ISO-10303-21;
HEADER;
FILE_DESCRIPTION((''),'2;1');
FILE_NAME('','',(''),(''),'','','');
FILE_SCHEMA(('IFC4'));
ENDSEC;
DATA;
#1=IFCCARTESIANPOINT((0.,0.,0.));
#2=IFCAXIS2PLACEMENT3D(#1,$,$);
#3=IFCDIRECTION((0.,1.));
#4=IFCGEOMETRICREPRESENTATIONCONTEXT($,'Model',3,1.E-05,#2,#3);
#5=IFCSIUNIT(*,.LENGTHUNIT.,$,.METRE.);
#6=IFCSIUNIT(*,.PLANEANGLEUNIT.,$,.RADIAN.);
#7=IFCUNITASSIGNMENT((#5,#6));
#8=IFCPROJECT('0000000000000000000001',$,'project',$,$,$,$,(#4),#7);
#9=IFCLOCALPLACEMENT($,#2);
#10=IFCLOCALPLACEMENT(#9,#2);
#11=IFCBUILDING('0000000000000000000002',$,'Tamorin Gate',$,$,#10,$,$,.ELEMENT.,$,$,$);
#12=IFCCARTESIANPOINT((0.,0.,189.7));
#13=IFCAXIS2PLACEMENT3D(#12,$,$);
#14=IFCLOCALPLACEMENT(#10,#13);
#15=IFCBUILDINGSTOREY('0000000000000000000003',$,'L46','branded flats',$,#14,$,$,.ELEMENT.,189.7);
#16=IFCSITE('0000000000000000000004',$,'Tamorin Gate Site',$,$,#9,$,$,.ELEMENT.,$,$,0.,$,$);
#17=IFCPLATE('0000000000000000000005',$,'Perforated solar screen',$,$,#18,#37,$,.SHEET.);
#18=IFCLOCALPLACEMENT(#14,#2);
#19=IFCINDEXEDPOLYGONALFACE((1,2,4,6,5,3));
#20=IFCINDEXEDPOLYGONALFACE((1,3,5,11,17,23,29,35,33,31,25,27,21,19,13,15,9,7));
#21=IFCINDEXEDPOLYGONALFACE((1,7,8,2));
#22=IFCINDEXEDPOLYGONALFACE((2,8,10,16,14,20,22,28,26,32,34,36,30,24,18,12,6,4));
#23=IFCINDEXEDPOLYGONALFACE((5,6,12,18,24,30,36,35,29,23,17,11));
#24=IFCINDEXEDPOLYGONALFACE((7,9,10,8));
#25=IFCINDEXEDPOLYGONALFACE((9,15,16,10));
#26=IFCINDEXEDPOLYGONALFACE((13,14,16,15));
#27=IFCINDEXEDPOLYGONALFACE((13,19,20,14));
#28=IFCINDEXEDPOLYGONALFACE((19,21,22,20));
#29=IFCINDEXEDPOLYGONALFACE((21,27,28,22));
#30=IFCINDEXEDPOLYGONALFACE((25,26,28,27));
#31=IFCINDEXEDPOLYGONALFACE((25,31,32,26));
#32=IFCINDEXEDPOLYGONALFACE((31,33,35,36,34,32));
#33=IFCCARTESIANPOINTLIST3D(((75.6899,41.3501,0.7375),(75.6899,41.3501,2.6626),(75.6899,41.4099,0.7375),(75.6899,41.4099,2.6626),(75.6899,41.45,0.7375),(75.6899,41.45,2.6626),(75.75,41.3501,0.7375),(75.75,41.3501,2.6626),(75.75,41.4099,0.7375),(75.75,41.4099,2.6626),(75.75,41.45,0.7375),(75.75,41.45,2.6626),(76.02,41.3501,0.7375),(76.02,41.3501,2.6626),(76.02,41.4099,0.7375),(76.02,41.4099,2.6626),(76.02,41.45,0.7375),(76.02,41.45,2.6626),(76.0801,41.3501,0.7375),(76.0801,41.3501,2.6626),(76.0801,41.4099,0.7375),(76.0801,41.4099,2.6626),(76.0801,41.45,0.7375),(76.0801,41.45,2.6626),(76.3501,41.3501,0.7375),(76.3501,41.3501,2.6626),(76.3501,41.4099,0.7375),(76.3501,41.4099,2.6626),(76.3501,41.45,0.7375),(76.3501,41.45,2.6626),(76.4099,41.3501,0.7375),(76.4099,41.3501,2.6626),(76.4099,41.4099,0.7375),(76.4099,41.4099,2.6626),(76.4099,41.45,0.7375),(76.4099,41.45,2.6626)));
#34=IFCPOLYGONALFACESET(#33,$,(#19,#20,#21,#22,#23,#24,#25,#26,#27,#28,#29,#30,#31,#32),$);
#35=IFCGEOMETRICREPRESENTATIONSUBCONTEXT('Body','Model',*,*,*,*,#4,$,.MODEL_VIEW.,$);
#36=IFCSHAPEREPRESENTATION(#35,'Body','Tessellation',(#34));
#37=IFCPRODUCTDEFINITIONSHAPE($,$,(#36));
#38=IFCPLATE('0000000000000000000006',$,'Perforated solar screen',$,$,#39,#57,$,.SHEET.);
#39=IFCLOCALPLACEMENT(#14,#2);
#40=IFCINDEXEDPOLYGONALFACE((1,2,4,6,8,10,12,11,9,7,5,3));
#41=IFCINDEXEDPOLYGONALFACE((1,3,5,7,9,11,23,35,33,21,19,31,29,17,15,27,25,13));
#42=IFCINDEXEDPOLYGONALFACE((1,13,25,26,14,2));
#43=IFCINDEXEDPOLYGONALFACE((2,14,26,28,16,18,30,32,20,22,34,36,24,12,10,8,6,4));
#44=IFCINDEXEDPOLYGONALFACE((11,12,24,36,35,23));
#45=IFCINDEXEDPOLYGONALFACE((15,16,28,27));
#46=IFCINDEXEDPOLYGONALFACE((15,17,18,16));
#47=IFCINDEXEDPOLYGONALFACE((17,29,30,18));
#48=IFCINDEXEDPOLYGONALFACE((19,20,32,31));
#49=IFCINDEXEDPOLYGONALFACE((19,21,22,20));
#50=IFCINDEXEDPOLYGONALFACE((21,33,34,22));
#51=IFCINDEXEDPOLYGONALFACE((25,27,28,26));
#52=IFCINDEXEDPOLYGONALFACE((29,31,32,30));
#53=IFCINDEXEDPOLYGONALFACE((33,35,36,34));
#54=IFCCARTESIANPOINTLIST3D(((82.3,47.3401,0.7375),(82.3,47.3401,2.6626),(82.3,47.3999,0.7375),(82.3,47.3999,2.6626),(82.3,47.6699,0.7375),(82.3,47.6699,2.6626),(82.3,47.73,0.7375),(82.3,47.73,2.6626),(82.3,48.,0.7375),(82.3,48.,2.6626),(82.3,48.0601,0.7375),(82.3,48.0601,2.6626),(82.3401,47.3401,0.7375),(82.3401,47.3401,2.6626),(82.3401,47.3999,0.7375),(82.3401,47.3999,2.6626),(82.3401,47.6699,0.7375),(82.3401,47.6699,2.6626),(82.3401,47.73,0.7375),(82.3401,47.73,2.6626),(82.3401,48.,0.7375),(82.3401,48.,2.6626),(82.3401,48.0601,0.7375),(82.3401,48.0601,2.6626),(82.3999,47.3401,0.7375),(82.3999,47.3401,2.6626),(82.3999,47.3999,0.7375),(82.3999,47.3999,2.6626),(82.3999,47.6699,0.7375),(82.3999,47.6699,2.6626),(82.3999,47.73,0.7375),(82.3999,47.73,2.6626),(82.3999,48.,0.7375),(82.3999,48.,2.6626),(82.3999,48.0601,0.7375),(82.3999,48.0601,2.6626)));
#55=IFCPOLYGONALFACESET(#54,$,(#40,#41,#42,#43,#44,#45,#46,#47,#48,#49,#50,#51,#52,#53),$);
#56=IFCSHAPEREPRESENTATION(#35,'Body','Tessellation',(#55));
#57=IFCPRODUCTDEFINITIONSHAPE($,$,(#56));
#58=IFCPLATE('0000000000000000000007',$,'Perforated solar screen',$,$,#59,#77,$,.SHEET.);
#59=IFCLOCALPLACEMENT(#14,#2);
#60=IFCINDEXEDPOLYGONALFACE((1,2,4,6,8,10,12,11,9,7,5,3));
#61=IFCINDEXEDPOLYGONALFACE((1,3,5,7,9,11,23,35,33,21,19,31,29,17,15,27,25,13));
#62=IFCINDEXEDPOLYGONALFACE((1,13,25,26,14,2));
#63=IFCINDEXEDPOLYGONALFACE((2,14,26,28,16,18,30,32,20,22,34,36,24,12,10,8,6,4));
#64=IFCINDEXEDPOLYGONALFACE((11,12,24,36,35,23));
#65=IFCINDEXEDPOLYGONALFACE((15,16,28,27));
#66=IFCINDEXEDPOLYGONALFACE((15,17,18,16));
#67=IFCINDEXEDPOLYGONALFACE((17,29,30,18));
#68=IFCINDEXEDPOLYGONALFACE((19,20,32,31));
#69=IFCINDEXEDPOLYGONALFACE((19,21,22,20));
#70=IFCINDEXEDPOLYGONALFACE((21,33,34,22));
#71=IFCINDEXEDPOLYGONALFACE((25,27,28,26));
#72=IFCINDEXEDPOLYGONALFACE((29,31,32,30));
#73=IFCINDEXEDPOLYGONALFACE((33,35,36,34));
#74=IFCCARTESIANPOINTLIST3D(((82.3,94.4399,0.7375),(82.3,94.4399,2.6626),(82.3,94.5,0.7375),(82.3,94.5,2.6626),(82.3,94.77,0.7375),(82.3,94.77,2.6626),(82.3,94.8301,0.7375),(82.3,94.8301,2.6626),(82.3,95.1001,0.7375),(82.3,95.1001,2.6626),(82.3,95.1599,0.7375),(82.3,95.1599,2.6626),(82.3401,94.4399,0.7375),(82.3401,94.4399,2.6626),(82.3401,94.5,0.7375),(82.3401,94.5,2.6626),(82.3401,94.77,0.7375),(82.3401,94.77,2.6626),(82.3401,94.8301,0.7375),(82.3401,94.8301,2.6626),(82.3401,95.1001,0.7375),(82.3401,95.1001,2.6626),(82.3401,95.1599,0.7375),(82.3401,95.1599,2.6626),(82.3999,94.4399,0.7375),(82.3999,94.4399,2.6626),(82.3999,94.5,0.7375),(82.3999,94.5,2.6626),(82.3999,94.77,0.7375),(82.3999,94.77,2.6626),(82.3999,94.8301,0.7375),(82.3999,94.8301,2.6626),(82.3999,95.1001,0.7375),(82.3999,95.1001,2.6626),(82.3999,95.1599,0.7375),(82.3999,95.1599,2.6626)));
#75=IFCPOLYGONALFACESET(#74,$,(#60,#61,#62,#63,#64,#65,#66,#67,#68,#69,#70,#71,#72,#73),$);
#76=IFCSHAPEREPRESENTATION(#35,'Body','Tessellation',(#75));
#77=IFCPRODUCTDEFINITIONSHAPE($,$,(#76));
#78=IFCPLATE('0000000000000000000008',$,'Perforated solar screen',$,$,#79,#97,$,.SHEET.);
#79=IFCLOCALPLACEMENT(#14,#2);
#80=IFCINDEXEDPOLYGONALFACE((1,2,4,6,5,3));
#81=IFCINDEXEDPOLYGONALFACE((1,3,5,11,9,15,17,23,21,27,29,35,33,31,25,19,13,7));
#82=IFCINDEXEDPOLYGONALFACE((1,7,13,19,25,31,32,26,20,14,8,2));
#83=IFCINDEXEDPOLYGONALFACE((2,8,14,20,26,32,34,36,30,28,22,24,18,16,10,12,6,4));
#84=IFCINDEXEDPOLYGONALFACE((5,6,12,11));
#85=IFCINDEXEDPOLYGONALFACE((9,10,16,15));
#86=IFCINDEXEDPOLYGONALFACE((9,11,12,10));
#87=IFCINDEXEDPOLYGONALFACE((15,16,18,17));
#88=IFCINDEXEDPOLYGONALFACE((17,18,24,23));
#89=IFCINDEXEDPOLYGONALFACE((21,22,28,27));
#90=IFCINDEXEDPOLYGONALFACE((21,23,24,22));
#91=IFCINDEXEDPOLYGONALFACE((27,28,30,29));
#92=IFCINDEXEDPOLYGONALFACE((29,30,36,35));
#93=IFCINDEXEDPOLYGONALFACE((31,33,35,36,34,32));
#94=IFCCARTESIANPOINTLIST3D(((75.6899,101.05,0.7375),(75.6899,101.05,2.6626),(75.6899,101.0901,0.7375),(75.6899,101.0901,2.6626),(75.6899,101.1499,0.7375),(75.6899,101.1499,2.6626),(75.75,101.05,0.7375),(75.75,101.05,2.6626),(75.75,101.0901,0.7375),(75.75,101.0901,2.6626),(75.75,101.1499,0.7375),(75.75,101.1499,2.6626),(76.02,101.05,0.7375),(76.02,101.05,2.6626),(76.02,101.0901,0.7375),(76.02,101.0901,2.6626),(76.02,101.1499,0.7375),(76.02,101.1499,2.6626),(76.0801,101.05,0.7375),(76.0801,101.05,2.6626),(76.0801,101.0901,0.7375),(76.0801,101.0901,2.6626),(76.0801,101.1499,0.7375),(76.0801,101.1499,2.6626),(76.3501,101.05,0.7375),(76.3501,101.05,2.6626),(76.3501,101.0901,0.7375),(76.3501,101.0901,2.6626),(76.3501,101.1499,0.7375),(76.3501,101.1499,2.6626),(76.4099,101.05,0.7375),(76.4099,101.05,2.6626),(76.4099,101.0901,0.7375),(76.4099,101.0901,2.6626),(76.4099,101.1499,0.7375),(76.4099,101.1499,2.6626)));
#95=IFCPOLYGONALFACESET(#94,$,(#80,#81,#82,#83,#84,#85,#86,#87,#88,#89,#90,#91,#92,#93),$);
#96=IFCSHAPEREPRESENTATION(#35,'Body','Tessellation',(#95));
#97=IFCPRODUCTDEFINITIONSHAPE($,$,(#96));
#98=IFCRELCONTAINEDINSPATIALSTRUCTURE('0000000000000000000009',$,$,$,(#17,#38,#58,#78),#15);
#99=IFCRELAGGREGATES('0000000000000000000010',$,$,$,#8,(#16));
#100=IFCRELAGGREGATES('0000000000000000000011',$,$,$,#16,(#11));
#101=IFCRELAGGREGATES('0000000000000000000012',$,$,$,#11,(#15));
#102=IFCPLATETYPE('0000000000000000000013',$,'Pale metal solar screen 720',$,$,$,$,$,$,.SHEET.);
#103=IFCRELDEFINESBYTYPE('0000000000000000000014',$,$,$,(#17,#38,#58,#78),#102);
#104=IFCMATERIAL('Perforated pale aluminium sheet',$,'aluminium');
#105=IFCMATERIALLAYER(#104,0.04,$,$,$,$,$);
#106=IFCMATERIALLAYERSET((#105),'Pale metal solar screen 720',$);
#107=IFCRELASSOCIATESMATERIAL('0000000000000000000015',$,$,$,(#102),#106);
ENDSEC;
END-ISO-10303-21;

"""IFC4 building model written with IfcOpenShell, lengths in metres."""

from ifc_helpers import new_model, si_unit, direction, frame, origin, place, context, subcontext, project, spatial, polyline, outline, extrude, material, layer, layer_set, type_object, element, save


model = new_model("IFC4")

# Units and contexts
model_context = context("Model", 3, precision=1e-05, world=origin(), true_north=direction((0.0, 1.0)))
body_context = subcontext(model_context, "Body", "Model", "MODEL_VIEW")
ifc_project = project(units=[si_unit("LENGTHUNIT", "METRE"), si_unit("PLANEANGLEUNIT", "RADIAN")], contexts=[model_context])

# Site, building, storey
site_placement = place(None, origin())
site = spatial("IfcSite", under=ifc_project, at=site_placement, Name="Tamorin Gate Site", CompositionType="ELEMENT", RefElevation=0.0)
building_placement = place(site_placement, origin())
building = spatial("IfcBuilding", under=site, at=building_placement, Name="Tamorin Gate", CompositionType="ELEMENT")
storey_placement = place(building_placement, frame((0.0, 0.0, 189.7)))
storey = spatial("IfcBuildingStorey", under=building, at=storey_placement, Name="L46", Description="branded flats", CompositionType="ELEMENT", Elevation=189.7)

# Plates
ifc_material_1 = material(Name="Perforated pale aluminium sheet", Category="aluminium")
ifc_layer_1 = layer(ifc_material_1, 0.04)
ifc_layer_set_1 = layer_set([ifc_layer_1], Name="Pale metal solar screen 720")
plate_type_1 = type_object("IfcPlateType", Name="Pale metal solar screen 720", PredefinedType="SHEET", material=ifc_layer_set_1)
plate_1_placement = place(storey_placement, frame((0.0, 0.0, 0.7375)))
element("IfcPlate", 1, at=plate_1_placement, inside=storey, type_object=plate_type_1, Name="Perforated solar screen", PredefinedType="SHEET", context=body_context, shape_type="SweptSolid", body=[
    extrude(outline(polyline([(75.6899, 41.4099), (75.6899, 41.45), (75.75, 41.45), (76.02, 41.45), (76.0801, 41.45), (76.3501, 41.45), (76.4099, 41.45), (76.4099, 41.4099), (76.4099, 41.3501), (76.3501, 41.3501), (76.3501, 41.4099), (76.0801, 41.4099), (76.0801, 41.3501), (76.02, 41.3501), (76.02, 41.4099), (75.75, 41.4099), (75.75, 41.3501), (75.6899, 41.3501), (75.6899, 41.4099)])), origin(), (0.0, 0.0, 1.0), 1.925),
])
plate_2_placement = place(storey_placement, frame((0.0, 0.0, 0.7375)))
element("IfcPlate", 2, at=plate_2_placement, inside=storey, type_object=plate_type_1, Name="Perforated solar screen", PredefinedType="SHEET", context=body_context, shape_type="SweptSolid", body=[
    extrude(outline(polyline([(82.3401, 47.3401), (82.3, 47.3401), (82.3, 47.3999), (82.3, 47.6699), (82.3, 47.73), (82.3, 48.0), (82.3, 48.0601), (82.3401, 48.0601), (82.3999, 48.0601), (82.3999, 48.0), (82.3401, 48.0), (82.3401, 47.73), (82.3999, 47.73), (82.3999, 47.6699), (82.3401, 47.6699), (82.3401, 47.3999), (82.3999, 47.3999), (82.3999, 47.3401), (82.3401, 47.3401)])), origin(), (0.0, 0.0, 1.0), 1.925),
])
plate_3_placement = place(storey_placement, frame((0.0, 0.0, 0.7375)))
element("IfcPlate", 3, at=plate_3_placement, inside=storey, type_object=plate_type_1, Name="Perforated solar screen", PredefinedType="SHEET", context=body_context, shape_type="SweptSolid", body=[
    extrude(outline(polyline([(82.3401, 94.4399), (82.3, 94.4399), (82.3, 94.5), (82.3, 94.77), (82.3, 94.8301), (82.3, 95.1001), (82.3, 95.1599), (82.3401, 95.1599), (82.3999, 95.1599), (82.3999, 95.1001), (82.3401, 95.1001), (82.3401, 94.8301), (82.3999, 94.8301), (82.3999, 94.77), (82.3401, 94.77), (82.3401, 94.5), (82.3999, 94.5), (82.3999, 94.4399), (82.3401, 94.4399)])), origin(), (0.0, 0.0, 1.0), 1.925),
])
plate_4_placement = place(storey_placement, frame((0.0, 0.0, 0.7375)))
element("IfcPlate", 4, at=plate_4_placement, inside=storey, type_object=plate_type_1, Name="Perforated solar screen", PredefinedType="SHEET", context=body_context, shape_type="SweptSolid", body=[
    extrude(outline(polyline([(76.4099, 101.0901), (76.4099, 101.05), (76.3501, 101.05), (76.0801, 101.05), (76.02, 101.05), (75.75, 101.05), (75.6899, 101.05), (75.6899, 101.0901), (75.6899, 101.1499), (75.75, 101.1499), (75.75, 101.0901), (76.02, 101.0901), (76.02, 101.1499), (76.0801, 101.1499), (76.0801, 101.0901), (76.3501, 101.0901), (76.3501, 101.1499), (76.4099, 101.1499), (76.4099, 101.0901)])), origin(), (0.0, 0.0, 1.0), 1.925),
])

save(model, "model.ifc")
